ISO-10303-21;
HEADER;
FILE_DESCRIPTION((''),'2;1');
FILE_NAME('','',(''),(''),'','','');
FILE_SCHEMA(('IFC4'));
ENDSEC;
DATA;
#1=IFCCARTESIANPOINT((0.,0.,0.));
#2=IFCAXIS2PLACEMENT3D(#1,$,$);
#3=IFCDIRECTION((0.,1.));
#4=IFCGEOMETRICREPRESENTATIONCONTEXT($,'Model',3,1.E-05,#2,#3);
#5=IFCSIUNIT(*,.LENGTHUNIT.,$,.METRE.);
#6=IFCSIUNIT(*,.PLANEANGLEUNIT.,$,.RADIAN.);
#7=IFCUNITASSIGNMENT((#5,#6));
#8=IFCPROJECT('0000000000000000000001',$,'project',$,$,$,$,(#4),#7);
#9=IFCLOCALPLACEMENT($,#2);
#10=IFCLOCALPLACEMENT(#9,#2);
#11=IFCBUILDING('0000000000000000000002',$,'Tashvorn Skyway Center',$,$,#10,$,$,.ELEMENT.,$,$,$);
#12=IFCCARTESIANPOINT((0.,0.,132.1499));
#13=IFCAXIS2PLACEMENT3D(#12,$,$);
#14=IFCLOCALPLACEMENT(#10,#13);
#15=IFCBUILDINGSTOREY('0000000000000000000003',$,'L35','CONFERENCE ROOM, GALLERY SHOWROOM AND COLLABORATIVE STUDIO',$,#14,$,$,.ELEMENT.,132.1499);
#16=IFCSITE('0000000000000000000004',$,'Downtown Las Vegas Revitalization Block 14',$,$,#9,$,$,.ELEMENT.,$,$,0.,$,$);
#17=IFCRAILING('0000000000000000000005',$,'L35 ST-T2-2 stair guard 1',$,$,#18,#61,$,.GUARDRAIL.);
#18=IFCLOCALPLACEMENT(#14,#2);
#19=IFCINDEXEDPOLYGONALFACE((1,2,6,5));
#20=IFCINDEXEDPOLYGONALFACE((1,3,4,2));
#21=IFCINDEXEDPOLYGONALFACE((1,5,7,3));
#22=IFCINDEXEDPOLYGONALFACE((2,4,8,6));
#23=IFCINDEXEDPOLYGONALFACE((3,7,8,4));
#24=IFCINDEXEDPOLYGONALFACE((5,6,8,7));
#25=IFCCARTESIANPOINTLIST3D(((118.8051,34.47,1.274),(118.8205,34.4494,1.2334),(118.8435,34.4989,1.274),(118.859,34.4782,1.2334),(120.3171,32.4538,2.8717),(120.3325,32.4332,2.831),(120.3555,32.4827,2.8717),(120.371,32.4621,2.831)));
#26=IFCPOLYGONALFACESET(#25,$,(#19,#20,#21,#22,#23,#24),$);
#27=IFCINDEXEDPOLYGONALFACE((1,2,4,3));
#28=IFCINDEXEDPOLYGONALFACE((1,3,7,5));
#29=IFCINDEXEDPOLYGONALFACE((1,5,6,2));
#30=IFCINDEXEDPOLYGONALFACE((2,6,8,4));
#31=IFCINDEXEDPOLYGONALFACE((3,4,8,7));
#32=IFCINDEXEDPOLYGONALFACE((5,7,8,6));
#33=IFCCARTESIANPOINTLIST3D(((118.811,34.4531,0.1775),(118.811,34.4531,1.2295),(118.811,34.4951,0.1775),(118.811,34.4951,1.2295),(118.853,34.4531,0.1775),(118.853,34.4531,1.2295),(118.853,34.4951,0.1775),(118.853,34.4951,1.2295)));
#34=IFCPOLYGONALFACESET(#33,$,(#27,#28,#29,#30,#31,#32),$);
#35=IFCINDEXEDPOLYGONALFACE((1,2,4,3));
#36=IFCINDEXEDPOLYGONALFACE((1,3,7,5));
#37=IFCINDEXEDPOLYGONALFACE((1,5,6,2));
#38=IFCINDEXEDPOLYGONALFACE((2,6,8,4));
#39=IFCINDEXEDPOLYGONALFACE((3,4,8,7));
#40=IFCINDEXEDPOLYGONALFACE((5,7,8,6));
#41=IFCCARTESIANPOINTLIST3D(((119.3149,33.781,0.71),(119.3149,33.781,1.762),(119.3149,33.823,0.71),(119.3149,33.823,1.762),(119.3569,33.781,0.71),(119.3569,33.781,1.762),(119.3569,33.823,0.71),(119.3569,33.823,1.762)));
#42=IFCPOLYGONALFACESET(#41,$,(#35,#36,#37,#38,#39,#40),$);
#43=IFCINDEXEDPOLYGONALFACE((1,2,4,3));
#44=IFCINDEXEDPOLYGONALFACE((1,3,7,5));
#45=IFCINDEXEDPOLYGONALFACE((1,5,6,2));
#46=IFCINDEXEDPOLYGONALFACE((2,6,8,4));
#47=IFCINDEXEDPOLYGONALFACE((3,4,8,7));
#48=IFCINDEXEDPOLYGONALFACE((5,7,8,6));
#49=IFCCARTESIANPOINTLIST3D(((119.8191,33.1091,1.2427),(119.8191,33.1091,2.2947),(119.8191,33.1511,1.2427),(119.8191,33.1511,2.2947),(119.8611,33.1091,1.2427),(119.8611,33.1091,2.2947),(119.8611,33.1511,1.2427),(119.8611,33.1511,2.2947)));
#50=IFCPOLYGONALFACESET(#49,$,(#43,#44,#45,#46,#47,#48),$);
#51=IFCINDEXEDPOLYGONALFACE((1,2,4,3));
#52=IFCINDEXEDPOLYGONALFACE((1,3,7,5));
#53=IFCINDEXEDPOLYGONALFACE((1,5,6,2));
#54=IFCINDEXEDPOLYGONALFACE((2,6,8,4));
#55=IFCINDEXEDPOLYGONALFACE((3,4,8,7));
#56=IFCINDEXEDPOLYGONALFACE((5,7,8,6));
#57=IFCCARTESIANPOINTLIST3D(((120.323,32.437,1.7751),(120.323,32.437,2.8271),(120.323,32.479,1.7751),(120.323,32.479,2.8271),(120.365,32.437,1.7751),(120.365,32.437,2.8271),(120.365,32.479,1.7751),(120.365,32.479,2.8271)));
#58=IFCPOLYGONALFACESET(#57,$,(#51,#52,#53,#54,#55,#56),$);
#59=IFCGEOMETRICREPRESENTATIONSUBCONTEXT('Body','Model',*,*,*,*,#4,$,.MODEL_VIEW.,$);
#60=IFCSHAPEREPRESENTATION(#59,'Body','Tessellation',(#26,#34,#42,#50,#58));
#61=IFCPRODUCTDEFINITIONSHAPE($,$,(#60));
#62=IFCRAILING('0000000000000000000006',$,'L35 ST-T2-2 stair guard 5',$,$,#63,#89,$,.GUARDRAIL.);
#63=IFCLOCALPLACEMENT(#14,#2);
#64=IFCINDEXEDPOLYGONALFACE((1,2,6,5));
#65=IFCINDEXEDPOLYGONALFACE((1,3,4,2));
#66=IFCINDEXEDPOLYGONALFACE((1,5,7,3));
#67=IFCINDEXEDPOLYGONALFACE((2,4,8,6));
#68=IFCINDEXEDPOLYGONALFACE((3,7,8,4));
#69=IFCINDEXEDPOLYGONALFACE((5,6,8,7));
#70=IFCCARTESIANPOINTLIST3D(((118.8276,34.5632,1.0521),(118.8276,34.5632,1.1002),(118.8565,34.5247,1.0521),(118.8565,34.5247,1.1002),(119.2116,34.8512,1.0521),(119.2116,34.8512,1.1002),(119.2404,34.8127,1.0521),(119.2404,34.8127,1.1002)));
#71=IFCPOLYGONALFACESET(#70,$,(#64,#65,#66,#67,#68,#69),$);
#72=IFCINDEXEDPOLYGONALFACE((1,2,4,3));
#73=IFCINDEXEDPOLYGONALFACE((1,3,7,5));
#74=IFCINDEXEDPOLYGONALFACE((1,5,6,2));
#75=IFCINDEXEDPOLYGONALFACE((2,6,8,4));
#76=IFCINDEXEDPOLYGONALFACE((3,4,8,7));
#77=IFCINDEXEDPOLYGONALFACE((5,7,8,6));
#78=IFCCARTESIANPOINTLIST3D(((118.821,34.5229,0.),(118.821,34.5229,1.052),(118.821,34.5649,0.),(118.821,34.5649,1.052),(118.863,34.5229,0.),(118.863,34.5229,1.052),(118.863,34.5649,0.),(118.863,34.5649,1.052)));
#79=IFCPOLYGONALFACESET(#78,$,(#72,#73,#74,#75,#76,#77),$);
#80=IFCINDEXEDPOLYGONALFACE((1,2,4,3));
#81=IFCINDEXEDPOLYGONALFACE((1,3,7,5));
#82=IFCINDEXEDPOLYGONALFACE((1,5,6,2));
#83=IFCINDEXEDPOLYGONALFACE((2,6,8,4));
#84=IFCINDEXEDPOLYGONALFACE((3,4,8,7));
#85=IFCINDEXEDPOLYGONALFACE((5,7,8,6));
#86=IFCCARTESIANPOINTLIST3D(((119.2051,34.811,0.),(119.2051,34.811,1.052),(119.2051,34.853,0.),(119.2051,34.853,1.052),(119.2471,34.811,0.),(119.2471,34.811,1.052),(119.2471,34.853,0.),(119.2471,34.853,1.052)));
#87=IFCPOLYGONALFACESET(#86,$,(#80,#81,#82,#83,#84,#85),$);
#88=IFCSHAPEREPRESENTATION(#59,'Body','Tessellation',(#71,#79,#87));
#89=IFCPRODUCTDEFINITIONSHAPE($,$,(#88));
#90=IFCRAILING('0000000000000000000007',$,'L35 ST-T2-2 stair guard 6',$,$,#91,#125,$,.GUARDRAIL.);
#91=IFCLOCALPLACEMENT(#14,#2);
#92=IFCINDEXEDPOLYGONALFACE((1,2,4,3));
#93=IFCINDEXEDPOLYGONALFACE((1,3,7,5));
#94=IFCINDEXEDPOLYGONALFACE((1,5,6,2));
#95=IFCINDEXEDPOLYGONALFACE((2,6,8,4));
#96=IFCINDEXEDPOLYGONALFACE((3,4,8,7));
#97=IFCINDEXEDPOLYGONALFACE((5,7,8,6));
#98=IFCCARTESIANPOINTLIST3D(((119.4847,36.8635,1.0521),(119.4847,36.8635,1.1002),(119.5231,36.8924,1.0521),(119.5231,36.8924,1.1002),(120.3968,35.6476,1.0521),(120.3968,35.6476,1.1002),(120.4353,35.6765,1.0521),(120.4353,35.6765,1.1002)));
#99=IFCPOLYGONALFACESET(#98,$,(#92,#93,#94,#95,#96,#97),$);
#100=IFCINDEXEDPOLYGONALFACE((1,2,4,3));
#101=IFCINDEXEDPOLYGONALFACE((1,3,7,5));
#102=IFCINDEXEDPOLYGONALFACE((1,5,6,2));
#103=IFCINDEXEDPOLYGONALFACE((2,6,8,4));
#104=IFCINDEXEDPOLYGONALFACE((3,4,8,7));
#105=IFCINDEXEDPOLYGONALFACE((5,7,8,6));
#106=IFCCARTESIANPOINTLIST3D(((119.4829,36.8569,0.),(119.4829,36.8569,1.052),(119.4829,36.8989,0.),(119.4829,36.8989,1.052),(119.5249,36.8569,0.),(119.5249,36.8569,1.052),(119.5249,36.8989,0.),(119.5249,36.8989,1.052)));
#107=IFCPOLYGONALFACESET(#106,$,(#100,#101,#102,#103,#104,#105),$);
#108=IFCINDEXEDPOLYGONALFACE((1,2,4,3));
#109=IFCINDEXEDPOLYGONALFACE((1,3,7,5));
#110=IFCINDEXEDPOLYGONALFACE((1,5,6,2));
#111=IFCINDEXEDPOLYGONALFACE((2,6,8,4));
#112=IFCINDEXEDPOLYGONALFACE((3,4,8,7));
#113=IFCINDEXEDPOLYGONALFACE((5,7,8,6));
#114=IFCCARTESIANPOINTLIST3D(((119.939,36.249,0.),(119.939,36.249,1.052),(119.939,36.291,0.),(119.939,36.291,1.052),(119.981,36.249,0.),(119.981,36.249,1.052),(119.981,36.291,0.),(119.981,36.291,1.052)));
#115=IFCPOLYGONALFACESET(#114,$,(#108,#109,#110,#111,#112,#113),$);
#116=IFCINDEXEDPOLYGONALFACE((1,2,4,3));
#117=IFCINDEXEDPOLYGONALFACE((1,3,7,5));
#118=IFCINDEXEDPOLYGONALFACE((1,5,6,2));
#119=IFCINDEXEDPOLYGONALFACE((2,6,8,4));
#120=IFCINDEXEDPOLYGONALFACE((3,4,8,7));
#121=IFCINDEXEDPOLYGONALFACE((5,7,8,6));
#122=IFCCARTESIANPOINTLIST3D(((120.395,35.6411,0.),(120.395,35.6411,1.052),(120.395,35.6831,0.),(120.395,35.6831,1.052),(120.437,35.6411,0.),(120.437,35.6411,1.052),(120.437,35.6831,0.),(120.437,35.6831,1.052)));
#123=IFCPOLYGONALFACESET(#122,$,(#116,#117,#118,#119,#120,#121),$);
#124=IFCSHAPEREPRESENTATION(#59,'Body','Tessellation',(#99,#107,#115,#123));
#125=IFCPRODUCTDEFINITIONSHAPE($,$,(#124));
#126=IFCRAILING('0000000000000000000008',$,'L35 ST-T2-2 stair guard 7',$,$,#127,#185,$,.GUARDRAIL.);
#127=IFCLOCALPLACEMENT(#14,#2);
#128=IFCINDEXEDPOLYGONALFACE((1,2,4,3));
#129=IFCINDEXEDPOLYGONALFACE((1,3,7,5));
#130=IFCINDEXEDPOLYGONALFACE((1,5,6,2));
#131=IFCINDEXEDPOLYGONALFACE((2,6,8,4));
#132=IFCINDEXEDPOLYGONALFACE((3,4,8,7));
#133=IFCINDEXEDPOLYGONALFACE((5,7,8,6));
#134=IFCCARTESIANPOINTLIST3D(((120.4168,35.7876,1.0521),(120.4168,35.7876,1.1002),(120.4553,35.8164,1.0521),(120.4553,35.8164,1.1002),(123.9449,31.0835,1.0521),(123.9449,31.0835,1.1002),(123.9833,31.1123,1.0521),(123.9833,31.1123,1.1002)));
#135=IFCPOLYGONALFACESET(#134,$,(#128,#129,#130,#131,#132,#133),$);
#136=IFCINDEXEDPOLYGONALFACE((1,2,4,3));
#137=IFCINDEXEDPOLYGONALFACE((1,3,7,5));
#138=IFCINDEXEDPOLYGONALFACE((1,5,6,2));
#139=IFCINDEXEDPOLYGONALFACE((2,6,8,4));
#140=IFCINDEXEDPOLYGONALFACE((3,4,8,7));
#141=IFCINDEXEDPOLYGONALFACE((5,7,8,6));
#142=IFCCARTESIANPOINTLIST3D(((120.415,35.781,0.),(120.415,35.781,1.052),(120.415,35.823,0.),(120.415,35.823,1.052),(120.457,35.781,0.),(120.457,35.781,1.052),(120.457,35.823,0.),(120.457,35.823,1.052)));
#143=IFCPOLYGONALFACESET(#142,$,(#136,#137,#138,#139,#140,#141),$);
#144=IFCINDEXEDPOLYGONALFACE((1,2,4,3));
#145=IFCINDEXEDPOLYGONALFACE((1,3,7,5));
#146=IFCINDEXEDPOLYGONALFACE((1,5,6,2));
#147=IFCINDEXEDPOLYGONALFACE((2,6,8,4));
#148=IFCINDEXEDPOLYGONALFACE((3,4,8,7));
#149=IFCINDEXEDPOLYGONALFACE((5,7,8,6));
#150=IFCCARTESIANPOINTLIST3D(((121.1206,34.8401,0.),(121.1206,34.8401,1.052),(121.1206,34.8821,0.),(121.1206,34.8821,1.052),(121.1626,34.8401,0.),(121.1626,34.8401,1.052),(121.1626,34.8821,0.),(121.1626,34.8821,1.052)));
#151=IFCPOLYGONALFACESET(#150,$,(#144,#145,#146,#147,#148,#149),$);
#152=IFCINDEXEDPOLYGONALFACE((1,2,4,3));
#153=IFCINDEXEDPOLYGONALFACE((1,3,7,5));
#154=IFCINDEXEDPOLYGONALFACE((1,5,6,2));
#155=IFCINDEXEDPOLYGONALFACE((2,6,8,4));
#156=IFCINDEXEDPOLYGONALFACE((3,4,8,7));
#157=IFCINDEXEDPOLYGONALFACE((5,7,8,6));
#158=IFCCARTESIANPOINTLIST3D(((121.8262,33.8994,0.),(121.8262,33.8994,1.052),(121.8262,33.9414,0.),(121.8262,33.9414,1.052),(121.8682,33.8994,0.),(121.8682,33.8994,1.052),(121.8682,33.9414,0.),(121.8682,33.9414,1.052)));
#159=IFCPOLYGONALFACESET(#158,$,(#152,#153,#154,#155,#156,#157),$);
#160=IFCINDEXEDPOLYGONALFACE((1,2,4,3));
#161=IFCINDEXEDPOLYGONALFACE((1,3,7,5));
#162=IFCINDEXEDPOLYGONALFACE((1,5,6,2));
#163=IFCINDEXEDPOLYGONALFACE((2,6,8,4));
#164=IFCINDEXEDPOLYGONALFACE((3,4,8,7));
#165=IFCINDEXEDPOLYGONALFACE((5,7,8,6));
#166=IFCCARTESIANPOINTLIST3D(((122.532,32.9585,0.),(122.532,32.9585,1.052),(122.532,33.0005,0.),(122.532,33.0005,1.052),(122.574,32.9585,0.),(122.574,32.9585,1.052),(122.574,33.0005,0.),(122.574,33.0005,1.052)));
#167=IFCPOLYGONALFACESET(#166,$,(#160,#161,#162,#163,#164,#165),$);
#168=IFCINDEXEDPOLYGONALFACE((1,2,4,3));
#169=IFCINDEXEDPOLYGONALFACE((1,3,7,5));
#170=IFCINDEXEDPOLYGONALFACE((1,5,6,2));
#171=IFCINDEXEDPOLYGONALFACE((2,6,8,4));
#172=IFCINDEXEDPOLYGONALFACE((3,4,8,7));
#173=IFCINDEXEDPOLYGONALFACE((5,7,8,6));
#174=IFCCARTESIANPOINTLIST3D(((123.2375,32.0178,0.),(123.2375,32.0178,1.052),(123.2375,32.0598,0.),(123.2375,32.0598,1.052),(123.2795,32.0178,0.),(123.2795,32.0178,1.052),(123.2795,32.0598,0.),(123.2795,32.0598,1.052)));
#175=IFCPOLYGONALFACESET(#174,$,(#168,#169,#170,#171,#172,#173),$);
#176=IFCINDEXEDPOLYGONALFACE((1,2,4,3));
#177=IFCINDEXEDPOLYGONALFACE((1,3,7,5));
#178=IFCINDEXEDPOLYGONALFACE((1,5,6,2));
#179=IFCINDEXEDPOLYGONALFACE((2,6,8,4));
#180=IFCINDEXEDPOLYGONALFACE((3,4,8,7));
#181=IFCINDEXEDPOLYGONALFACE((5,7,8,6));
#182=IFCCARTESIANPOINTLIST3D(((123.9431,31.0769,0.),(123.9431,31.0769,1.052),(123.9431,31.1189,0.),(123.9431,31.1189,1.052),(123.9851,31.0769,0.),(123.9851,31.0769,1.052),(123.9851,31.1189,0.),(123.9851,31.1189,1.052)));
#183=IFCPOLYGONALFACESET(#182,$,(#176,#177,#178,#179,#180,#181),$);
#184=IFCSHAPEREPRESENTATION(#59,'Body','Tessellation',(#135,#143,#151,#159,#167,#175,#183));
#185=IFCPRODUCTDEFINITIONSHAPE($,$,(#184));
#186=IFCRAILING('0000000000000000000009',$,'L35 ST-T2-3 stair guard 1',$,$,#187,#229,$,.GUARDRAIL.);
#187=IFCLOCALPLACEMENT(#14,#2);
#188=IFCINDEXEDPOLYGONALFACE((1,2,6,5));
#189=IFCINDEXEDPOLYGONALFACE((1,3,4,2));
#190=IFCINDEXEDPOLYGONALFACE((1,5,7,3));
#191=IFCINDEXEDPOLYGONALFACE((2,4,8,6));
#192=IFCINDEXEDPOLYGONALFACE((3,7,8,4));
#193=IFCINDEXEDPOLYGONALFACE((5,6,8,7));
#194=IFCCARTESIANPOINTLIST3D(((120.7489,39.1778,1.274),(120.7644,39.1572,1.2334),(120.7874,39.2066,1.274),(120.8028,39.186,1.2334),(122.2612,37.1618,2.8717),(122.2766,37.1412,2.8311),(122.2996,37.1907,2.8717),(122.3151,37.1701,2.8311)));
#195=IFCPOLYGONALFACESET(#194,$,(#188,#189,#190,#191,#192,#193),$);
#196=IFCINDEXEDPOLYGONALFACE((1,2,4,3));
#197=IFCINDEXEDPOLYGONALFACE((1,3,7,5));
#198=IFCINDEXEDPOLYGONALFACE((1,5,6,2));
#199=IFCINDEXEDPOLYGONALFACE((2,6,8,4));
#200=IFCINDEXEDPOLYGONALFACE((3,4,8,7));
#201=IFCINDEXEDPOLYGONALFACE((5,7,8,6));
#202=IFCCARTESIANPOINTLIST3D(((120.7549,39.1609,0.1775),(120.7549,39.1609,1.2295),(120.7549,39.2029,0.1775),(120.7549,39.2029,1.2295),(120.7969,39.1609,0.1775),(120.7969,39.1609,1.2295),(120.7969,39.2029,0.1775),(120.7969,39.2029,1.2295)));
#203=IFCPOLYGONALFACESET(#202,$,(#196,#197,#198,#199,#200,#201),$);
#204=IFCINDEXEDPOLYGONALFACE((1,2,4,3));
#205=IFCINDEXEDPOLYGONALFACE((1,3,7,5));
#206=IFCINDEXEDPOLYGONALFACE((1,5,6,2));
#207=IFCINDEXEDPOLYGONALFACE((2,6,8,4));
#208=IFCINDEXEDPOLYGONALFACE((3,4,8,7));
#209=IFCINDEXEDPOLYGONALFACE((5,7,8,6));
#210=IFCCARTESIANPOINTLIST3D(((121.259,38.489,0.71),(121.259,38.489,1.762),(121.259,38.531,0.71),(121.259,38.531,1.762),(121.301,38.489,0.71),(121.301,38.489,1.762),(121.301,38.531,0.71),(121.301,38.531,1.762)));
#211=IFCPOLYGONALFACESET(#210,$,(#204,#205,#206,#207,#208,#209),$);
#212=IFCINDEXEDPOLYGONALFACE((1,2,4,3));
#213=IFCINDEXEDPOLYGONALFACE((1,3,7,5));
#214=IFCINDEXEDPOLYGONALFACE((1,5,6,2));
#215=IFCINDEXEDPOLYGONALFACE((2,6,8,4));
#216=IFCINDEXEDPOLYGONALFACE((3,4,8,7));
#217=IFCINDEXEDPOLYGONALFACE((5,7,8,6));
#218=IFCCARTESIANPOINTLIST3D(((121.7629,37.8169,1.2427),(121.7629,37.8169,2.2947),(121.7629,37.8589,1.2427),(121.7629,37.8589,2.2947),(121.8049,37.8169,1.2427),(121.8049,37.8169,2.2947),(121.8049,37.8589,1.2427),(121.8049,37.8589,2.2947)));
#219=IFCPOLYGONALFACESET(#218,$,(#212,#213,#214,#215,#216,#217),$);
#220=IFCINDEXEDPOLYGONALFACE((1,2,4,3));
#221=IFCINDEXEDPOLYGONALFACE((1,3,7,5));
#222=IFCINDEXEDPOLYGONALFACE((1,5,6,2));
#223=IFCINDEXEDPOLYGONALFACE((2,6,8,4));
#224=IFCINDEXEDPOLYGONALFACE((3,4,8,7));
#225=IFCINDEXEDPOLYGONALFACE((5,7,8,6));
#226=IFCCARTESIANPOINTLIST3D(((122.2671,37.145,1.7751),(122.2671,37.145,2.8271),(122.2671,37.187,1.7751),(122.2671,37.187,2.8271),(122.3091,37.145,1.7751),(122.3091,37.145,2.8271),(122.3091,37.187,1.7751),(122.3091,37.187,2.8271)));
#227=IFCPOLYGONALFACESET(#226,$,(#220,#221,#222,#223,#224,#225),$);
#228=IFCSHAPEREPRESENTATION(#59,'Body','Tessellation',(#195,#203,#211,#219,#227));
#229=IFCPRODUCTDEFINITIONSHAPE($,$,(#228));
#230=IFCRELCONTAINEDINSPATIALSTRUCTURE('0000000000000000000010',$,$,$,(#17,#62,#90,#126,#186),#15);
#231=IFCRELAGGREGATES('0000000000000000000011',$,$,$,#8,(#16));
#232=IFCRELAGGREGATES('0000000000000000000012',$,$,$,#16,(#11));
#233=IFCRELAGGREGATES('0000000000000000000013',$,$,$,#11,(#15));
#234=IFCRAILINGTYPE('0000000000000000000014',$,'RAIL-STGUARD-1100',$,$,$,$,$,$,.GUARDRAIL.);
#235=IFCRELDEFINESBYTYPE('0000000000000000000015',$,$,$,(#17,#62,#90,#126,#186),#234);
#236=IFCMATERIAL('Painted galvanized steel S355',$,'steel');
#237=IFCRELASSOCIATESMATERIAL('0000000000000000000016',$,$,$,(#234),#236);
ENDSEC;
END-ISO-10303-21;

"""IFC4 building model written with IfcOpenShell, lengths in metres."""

from ifc_helpers import new_model, si_unit, direction, frame, origin, origin_2d, place, context, subcontext, project, spatial, rectangle, extrude, material, type_object, element, save


model = new_model("IFC4")

# Units and contexts
model_context = context("Model", 3, precision=1e-05, world=origin(), true_north=direction((0.0, 1.0)))
body_context = subcontext(model_context, "Body", "Model", "MODEL_VIEW")
ifc_project = project(units=[si_unit("LENGTHUNIT", "METRE"), si_unit("PLANEANGLEUNIT", "RADIAN")], contexts=[model_context])

# Site, building, storey
site_placement = place(None, origin())
site = spatial("IfcSite", under=ifc_project, at=site_placement, Name="Downtown Las Vegas Revitalization Block 14", CompositionType="ELEMENT", RefElevation=0.0)
building_placement = place(site_placement, origin())
building = spatial("IfcBuilding", under=site, at=building_placement, Name="Tashvorn Skyway Center", CompositionType="ELEMENT")
storey_placement = place(building_placement, frame((0.0, 0.0, 132.1499)))
storey = spatial("IfcBuildingStorey", under=building, at=storey_placement, Name="L35", Description="CONFERENCE ROOM, GALLERY SHOWROOM AND COLLABORATIVE STUDIO", CompositionType="ELEMENT", Elevation=132.1499)

# Railings
ifc_material_1 = material(Name="Painted galvanized steel S355", Category="steel")
railing_type_1 = type_object("IfcRailingType", Name="RAIL-STGUARD-1100", PredefinedType="GUARDRAIL", material=ifc_material_1)
railing_1_placement = place(storey_placement, frame((118.832, 34.4741, 0.1775)))
element("IfcRailing", 1, at=railing_1_placement, inside=storey, type_object=railing_type_1, Name="L35 ST-T2-2 stair guard 1", PredefinedType="GUARDRAIL", context=body_context, shape_type="SweptSolid", body=[
    extrude(rectangle(XDim=0.0481, YDim=0.0481, at=origin_2d()), frame((0.0, 0.0, 1.0762), z_axis=(0.506719, -0.675679, 0.535438), x_axis=(0.800023, 0.599969, 0.0)), (0.0, 0.0, 1.0), 2.9839),
    extrude(rectangle(XDim=0.042, YDim=0.042, at=origin_2d()), origin(), (0.0, 0.0, 1.0), 1.052),
    extrude(rectangle(XDim=0.042, YDim=0.042, at=origin_2d()), frame((0.5039, -0.6721, 0.5325)), (0.0, 0.0, 1.0), 1.052),
    extrude(rectangle(XDim=0.042, YDim=0.042, at=origin_2d()), frame((1.0081, -1.344, 1.0652)), (0.0, 0.0, 1.0), 1.052),
    extrude(rectangle(XDim=0.042, YDim=0.042, at=origin_2d()), frame((1.512, -2.0161, 1.5977)), (0.0, 0.0, 1.0), 1.052),
])
railing_2_placement = place(storey_placement, frame((118.842, 34.5439, 0.0)))
element("IfcRailing", 2, at=railing_2_placement, inside=storey, type_object=railing_type_1, Name="L35 ST-T2-2 stair guard 5", PredefinedType="GUARDRAIL", context=body_context, shape_type="SweptSolid", body=[
    extrude(rectangle(XDim=0.0481, YDim=0.0481, at=origin_2d()), frame((0.0, 0.0, 1.0762), z_axis=(0.799939, 0.600081, 0.0), x_axis=(-0.600081, 0.799939, 0.0)), (0.0, 0.0, 1.0), 0.48),
    extrude(rectangle(XDim=0.042, YDim=0.042, at=origin_2d()), origin(), (0.0, 0.0, 1.0), 1.052),
    extrude(rectangle(XDim=0.042, YDim=0.042, at=origin_2d()), frame((0.384, 0.2881, 0.0)), (0.0, 0.0, 1.0), 1.052),
])
railing_3_placement = place(storey_placement, frame((119.5039, 36.8779, 0.0)))
element("IfcRailing", 3, at=railing_3_placement, inside=storey, type_object=railing_type_1, Name="L35 ST-T2-2 stair guard 6", PredefinedType="GUARDRAIL", context=body_context, shape_type="SweptSolid", body=[
    extrude(rectangle(XDim=0.0481, YDim=0.0481, at=origin_2d()), frame((0.0, 0.0, 1.0762), z_axis=(0.600103, -0.799923, 0.0), x_axis=(0.799923, 0.600103, 0.0)), (0.0, 0.0, 1.0), 1.52),
    extrude(rectangle(XDim=0.042, YDim=0.042, at=origin_2d()), origin(), (0.0, 0.0, 1.0), 1.052),
    extrude(rectangle(XDim=0.042, YDim=0.042, at=origin_2d()), frame((0.4561, -0.6079, 0.0)), (0.0, 0.0, 1.0), 1.052),
    extrude(rectangle(XDim=0.042, YDim=0.042, at=origin_2d()), frame((0.9121, -1.2158, 0.0)), (0.0, 0.0, 1.0), 1.052),
])
railing_4_placement = place(storey_placement, frame((120.436, 35.802, 0.0)))
element("IfcRailing", 4, at=railing_4_placement, inside=storey, type_object=railing_type_1, Name="L35 ST-T2-2 stair guard 7", PredefinedType="GUARDRAIL", context=body_context, shape_type="SweptSolid", body=[
    extrude(rectangle(XDim=0.0481, YDim=0.0481, at=origin_2d()), frame((0.0, 0.0, 1.0762), z_axis=(0.6, -0.8, 0.0), x_axis=(0.8, 0.6, 0.0)), (0.0, 0.0, 1.0), 5.8801),
    extrude(rectangle(XDim=0.042, YDim=0.042, at=origin_2d()), origin(), (0.0, 0.0, 1.0), 1.052),
    extrude(rectangle(XDim=0.042, YDim=0.042, at=origin_2d()), frame((0.7056, -0.9409, 0.0)), (0.0, 0.0, 1.0), 1.052),
    extrude(rectangle(XDim=0.042, YDim=0.042, at=origin_2d()), frame((1.4111, -1.8816, 0.0)), (0.0, 0.0, 1.0), 1.052),
    extrude(rectangle(XDim=0.042, YDim=0.042, at=origin_2d()), frame((2.1169, -2.8225, 0.0)), (0.0, 0.0, 1.0), 1.052),
    extrude(rectangle(XDim=0.042, YDim=0.042, at=origin_2d()), frame((2.8225, -3.7632, 0.0)), (0.0, 0.0, 1.0), 1.052),
    extrude(rectangle(XDim=0.042, YDim=0.042, at=origin_2d()), frame((3.5281, -4.7041, 0.0)), (0.0, 0.0, 1.0), 1.052),
])
railing_5_placement = place(storey_placement, frame((120.7759, 39.1819, 0.1775)))
element("IfcRailing", 5, at=railing_5_placement, inside=storey, type_object=railing_type_1, Name="L35 ST-T2-3 stair guard 1", PredefinedType="GUARDRAIL", context=body_context, shape_type="SweptSolid", body=[
    extrude(rectangle(XDim=0.0481, YDim=0.0481, at=origin_2d()), frame((0.0, 0.0, 1.0762), z_axis=(0.506807, -0.675607, 0.535445), x_axis=(0.799942, 0.600078, 0.0)), (0.0, 0.0, 1.0), 2.9839),
    extrude(rectangle(XDim=0.042, YDim=0.042, at=origin_2d()), origin(), (0.0, 0.0, 1.0), 1.052),
    extrude(rectangle(XDim=0.042, YDim=0.042, at=origin_2d()), frame((0.5042, -0.6719, 0.5325)), (0.0, 0.0, 1.0), 1.052),
    extrude(rectangle(XDim=0.042, YDim=0.042, at=origin_2d()), frame((1.0081, -1.344, 1.0652)), (0.0, 0.0, 1.0), 1.052),
    extrude(rectangle(XDim=0.042, YDim=0.042, at=origin_2d()), frame((1.5122, -2.0159, 1.5977)), (0.0, 0.0, 1.0), 1.052),
])

save(model, "model.ifc")
